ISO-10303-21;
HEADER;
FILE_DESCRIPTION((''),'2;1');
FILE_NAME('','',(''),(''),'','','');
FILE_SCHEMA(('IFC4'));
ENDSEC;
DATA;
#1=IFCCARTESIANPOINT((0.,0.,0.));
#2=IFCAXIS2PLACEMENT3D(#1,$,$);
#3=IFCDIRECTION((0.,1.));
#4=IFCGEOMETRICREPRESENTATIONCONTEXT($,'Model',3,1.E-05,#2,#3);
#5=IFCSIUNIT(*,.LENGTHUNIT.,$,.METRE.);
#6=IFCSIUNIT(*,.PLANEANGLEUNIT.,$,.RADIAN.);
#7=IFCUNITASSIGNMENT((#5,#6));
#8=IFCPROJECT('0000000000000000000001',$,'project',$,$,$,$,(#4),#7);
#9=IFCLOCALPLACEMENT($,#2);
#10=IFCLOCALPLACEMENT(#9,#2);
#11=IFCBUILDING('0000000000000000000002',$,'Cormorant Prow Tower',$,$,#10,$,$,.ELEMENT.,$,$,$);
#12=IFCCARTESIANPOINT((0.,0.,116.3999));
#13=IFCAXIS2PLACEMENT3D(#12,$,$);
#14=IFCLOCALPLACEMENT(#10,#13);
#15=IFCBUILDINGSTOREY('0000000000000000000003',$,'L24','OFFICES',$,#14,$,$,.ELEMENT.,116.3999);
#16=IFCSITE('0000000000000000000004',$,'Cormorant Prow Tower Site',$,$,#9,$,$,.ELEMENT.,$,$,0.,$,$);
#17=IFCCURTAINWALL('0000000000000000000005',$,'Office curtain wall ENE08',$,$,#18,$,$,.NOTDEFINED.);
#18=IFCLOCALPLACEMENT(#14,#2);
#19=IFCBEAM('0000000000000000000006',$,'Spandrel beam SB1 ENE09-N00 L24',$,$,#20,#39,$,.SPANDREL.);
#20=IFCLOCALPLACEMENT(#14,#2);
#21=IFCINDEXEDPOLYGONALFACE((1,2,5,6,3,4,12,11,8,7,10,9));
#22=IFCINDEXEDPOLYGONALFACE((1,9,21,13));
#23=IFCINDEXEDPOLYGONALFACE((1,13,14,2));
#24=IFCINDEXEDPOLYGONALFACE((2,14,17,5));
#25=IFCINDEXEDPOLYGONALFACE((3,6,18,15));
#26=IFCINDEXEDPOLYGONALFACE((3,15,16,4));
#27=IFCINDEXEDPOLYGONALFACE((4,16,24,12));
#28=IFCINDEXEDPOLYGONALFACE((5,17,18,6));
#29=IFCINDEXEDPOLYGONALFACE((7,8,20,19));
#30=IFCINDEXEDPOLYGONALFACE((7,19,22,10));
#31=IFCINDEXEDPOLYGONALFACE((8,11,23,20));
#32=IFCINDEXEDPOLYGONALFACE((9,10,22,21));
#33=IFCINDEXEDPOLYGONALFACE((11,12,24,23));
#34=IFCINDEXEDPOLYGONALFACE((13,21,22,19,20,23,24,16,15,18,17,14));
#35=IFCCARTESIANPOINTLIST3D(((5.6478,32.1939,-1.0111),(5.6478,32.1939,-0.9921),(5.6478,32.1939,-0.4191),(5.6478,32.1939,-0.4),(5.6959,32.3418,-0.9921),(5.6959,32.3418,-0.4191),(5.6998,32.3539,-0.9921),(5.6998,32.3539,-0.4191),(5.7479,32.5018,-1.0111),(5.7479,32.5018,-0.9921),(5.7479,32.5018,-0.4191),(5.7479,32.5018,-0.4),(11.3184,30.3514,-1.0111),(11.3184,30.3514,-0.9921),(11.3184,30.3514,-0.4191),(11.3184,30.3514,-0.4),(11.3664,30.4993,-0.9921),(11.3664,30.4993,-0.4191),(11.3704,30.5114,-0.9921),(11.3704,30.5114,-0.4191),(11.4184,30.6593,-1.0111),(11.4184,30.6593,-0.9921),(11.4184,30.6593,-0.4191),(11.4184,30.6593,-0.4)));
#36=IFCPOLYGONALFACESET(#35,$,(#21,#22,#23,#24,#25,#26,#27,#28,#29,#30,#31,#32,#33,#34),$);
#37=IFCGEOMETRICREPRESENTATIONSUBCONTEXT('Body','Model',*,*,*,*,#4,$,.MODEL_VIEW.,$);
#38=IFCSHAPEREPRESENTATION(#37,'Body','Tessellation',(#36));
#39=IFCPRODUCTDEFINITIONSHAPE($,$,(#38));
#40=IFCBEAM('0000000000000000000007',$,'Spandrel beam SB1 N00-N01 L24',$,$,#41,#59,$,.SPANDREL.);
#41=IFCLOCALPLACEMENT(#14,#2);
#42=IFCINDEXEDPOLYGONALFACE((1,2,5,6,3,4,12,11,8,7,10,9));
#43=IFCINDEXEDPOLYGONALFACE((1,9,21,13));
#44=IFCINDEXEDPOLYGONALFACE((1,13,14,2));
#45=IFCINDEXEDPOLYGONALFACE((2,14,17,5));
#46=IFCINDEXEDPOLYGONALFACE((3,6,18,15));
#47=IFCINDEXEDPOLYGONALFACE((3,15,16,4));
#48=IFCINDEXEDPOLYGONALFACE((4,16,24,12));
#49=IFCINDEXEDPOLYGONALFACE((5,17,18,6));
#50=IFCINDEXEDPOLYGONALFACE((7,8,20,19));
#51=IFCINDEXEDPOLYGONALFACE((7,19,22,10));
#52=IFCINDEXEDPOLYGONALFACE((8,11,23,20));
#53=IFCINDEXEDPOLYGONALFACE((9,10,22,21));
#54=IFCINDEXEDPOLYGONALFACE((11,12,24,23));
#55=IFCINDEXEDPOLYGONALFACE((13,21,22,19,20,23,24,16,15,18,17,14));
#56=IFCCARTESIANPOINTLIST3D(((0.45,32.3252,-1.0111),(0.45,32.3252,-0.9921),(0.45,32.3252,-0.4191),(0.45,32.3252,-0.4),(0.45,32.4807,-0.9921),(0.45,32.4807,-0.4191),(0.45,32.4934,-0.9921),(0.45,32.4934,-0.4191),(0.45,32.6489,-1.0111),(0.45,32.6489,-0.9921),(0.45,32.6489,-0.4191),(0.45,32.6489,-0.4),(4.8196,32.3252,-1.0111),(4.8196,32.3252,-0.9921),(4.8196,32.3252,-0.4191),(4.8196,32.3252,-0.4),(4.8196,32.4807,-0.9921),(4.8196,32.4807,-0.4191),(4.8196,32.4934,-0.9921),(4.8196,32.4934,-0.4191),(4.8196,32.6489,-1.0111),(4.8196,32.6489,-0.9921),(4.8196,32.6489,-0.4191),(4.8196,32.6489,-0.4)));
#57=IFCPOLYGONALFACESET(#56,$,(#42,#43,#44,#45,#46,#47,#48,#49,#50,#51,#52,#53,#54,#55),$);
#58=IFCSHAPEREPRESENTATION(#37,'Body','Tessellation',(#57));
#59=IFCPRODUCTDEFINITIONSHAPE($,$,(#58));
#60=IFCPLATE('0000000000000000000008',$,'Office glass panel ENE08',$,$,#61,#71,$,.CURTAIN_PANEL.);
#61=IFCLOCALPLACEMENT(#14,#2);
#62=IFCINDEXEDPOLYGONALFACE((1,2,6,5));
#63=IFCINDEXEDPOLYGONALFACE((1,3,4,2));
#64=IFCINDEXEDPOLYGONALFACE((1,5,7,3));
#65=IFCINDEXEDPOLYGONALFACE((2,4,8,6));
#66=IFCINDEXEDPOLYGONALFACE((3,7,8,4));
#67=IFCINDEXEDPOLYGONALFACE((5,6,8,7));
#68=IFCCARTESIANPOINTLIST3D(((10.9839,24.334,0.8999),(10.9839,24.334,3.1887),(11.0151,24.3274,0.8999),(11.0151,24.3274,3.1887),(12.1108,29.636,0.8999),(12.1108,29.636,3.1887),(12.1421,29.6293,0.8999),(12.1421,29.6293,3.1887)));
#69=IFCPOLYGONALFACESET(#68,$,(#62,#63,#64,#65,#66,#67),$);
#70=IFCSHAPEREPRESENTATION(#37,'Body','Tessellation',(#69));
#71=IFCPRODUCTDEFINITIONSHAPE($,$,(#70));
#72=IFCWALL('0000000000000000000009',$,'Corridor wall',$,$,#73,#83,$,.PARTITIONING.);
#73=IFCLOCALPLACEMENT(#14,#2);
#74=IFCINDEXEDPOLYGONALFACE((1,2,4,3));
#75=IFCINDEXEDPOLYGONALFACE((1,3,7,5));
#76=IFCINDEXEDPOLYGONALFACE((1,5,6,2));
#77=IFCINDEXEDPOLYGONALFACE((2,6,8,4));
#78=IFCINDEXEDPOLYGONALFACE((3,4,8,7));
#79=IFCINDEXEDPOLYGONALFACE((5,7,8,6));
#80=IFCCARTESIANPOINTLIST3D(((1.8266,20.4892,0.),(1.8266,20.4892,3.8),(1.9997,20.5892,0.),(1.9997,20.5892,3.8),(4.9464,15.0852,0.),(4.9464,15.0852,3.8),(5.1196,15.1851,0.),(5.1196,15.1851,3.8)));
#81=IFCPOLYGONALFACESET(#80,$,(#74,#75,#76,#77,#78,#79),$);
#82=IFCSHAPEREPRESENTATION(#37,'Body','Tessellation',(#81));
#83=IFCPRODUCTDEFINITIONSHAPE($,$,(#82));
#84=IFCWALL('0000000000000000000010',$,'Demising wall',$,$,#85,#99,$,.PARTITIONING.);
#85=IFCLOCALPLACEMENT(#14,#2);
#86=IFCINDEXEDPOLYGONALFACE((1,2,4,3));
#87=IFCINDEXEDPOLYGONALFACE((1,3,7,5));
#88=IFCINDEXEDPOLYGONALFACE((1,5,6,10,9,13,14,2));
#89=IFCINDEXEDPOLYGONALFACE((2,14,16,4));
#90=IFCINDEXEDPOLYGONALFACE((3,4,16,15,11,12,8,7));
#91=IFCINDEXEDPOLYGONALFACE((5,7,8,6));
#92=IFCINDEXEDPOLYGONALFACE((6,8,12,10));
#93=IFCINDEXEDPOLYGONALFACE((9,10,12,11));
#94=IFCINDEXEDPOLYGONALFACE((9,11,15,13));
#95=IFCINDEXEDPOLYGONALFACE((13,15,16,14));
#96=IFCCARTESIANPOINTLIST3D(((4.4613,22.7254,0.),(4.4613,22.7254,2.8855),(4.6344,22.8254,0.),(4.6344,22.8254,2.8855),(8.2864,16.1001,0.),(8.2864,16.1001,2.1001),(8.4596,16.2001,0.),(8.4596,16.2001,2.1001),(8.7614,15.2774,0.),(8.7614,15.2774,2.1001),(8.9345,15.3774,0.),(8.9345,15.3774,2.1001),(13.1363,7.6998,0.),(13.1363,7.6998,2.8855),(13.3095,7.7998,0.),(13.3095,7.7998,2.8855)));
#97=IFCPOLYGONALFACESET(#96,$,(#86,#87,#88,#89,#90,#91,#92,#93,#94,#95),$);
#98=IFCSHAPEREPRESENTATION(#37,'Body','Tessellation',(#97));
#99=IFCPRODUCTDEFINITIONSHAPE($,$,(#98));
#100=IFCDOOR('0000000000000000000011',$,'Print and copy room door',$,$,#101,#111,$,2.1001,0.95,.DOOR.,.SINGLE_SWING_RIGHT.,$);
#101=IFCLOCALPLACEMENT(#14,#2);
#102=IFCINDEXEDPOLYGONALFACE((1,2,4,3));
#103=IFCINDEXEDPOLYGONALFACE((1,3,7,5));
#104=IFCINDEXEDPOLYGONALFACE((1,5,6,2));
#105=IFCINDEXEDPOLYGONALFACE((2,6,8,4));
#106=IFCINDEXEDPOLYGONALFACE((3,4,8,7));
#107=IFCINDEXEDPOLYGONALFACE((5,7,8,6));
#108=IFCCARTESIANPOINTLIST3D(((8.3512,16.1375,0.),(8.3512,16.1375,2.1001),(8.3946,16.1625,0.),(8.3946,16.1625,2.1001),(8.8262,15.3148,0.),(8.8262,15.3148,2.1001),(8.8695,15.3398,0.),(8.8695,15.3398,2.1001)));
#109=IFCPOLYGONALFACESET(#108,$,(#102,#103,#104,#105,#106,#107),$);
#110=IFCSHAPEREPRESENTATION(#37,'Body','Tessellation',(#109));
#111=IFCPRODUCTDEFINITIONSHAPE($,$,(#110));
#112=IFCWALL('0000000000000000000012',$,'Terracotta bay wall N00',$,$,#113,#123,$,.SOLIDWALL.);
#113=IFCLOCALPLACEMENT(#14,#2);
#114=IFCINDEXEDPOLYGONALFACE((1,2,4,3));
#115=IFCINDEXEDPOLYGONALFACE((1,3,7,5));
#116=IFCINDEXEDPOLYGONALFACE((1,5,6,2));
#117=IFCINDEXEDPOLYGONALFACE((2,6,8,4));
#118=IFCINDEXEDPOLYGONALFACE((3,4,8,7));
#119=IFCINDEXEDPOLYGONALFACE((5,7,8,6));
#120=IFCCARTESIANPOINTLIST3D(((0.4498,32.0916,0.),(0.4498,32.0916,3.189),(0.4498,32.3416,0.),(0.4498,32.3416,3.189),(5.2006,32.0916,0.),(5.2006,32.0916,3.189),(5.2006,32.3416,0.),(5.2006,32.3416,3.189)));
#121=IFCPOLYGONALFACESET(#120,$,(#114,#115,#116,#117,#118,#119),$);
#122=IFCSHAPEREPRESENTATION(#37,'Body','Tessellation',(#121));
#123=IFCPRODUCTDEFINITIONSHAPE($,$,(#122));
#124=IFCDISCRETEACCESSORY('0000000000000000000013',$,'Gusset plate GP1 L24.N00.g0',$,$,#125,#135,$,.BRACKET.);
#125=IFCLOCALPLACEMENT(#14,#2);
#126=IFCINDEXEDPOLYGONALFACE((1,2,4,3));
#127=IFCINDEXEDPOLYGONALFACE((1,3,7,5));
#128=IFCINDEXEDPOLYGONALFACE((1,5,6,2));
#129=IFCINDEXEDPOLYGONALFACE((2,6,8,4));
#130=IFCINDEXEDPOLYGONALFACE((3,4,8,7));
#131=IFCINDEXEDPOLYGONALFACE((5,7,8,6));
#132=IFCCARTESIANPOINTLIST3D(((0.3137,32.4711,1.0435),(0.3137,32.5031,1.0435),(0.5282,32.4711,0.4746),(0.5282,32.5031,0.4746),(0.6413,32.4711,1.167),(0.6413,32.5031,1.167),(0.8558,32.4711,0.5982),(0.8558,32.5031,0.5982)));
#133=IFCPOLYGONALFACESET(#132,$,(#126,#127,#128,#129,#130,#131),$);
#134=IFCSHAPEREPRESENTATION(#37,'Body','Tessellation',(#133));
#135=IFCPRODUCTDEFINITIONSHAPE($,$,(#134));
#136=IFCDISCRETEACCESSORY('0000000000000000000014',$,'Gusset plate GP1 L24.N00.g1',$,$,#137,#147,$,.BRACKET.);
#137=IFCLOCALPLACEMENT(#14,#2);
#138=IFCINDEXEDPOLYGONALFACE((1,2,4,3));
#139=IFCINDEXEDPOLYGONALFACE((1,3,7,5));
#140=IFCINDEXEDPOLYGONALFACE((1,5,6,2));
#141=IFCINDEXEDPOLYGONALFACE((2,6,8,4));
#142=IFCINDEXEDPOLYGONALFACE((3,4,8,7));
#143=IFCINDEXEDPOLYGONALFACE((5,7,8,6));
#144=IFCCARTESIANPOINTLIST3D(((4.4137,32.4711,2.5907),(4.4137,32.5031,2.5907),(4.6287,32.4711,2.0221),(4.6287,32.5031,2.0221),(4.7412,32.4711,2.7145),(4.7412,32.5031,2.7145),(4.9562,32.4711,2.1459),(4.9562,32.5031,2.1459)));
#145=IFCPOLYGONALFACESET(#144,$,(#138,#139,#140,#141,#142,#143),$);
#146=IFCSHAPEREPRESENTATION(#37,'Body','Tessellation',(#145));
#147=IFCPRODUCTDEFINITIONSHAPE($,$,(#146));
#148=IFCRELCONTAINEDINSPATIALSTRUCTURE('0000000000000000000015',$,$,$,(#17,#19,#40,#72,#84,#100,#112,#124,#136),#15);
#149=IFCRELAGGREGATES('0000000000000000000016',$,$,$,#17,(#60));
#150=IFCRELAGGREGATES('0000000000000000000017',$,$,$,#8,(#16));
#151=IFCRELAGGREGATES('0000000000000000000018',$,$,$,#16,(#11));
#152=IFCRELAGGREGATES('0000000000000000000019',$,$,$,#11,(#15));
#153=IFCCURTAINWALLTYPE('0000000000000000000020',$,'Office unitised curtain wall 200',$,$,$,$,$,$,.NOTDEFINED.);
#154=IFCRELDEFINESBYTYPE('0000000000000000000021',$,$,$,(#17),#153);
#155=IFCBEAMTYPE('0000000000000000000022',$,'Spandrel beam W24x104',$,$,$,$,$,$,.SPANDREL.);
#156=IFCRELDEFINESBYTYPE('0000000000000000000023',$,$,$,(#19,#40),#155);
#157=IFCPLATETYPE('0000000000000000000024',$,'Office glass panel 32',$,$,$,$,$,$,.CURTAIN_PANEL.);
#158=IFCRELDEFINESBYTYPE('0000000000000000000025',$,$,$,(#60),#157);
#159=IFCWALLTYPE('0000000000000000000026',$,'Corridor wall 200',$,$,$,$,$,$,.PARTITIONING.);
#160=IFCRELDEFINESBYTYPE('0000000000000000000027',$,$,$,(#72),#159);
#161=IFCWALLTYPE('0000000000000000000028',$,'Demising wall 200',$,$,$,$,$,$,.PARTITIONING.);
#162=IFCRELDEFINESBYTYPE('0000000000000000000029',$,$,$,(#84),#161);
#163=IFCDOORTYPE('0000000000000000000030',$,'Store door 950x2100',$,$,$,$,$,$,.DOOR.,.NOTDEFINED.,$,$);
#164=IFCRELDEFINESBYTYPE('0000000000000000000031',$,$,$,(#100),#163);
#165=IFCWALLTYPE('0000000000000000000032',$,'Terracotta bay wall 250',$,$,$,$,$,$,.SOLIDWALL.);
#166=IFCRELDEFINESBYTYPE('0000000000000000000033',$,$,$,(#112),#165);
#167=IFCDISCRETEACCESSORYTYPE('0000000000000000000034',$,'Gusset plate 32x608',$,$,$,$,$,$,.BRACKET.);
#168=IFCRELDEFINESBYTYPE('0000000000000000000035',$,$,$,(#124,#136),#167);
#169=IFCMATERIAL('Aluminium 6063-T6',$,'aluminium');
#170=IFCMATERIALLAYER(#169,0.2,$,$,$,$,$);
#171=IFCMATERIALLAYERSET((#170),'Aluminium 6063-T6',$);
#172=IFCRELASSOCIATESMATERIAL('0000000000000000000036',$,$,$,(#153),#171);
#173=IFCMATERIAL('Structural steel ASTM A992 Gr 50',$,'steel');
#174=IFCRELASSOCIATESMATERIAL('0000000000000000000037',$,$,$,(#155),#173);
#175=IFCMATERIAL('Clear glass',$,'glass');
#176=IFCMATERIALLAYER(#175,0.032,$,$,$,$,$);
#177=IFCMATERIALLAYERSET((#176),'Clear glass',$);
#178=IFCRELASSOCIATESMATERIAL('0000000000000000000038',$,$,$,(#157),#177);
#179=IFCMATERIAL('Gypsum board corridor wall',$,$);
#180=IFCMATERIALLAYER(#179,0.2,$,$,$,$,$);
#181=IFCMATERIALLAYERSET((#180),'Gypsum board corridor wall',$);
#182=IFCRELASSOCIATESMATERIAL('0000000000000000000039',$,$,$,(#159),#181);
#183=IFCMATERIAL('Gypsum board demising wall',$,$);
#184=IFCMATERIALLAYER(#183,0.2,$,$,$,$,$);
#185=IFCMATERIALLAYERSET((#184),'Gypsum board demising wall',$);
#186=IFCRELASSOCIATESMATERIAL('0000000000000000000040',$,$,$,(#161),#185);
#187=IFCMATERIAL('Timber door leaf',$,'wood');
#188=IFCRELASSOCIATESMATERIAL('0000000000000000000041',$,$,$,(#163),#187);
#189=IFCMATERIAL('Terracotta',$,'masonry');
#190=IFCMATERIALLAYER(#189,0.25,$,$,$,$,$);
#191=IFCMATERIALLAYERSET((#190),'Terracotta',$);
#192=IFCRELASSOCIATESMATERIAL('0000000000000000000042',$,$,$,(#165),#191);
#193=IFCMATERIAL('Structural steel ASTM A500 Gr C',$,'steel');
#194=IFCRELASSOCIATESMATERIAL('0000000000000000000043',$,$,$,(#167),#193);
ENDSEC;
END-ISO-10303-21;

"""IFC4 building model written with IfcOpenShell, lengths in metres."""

from ifc_helpers import new_model, si_unit, direction, frame, frame_2d, origin, origin_2d, place, context, subcontext, project, spatial, rectangle, i_section, extrude, material, layer, layer_set, material_profile, profile_set, type_object, element, fill, aggregate, save


model = new_model("IFC4")

# Units and contexts
model_context = context("Model", 3, precision=1e-05, world=origin(), true_north=direction((0.0, 1.0)))
body_context = subcontext(model_context, "Body", "Model", "MODEL_VIEW")
ifc_project = project(units=[si_unit("LENGTHUNIT", "METRE"), si_unit("PLANEANGLEUNIT", "RADIAN")], contexts=[model_context])

# Site, building, storey
site_placement = place(None, origin())
site = spatial("IfcSite", under=ifc_project, at=site_placement, Name="Cormorant Prow Tower Site", CompositionType="ELEMENT", RefElevation=0.0)
building_placement = place(site_placement, origin())
building = spatial("IfcBuilding", under=site, at=building_placement, Name="Cormorant Prow Tower", CompositionType="ELEMENT")
storey_placement = place(building_placement, frame((0.0, 0.0, 116.3999)))
storey = spatial("IfcBuildingStorey", under=building, at=storey_placement, Name="L24", Description="OFFICES", CompositionType="ELEMENT", Elevation=116.3999)

# Curtain wall
ifc_material_1 = material(Name="Aluminium 6063-T6", Category="aluminium")
ifc_layer_1 = layer(ifc_material_1, 0.2)
ifc_layer_set_1 = layer_set([ifc_layer_1], Name="Aluminium 6063-T6")
curtain_wall_type = type_object("IfcCurtainWallType", Name="Office unitised curtain wall 200", PredefinedType="NOTDEFINED", material=ifc_layer_set_1)
curtain_wall_placement = place(storey_placement, origin())
curtain_wall = element("IfcCurtainWall", 1, at=curtain_wall_placement, inside=storey, type_object=curtain_wall_type, Name="Office curtain wall ENE08", PredefinedType="NOTDEFINED")

# Beams
ifc_material_2 = material(Name="Structural steel ASTM A992 Gr 50", Category="steel")
ifc_material_profile_1 = material_profile(ifc_material_2, i_section(OverallWidth=0.3237, OverallDepth=0.6111, WebThickness=0.0127, FlangeThickness=0.019, at=origin_2d()), Name="W24x104")
ifc_profile_set_1 = profile_set([ifc_material_profile_1], Name="Structural steel ASTM A992 Gr 50")
beam_type_1 = type_object("IfcBeamType", Name="Spandrel beam W24x104", PredefinedType="SPANDREL", material=ifc_profile_set_1)
beam_1_placement = place(storey_placement, frame((11.3684, 30.5054, -0.7056), z_axis=(-0.951055, 0.30902, 0.0), x_axis=(-0.30902, -0.951055, 0.0)))
element("IfcBeam", 2, at=beam_1_placement, inside=storey, type_object=beam_type_1, Name="Spandrel beam SB1 ENE09-N00 L24", PredefinedType="SPANDREL", context=body_context, shape_type="SweptSolid", body=[
    extrude(i_section(OverallWidth=0.3237, OverallDepth=0.6111, WebThickness=0.0127, FlangeThickness=0.019, at=origin_2d()), origin(), (0.0, 0.0, 1.0), 5.9624),
])
beam_2_placement = place(storey_placement, frame((4.8196, 32.4871, -0.7056), z_axis=(-1.0, 0.0, 0.0), x_axis=(0.0, -1.0, 0.0)))
element("IfcBeam", 3, at=beam_2_placement, inside=storey, type_object=beam_type_1, Name="Spandrel beam SB1 N00-N01 L24", PredefinedType="SPANDREL", context=body_context, shape_type="SweptSolid", body=[
    extrude(i_section(OverallWidth=0.3237, OverallDepth=0.6111, WebThickness=0.0127, FlangeThickness=0.019, at=origin_2d()), origin(), (0.0, 0.0, 1.0), 4.3696),
])

# Plate
ifc_material_3 = material(Name="Clear glass", Category="glass")
ifc_layer_2 = layer(ifc_material_3, 0.032)
ifc_layer_set_2 = layer_set([ifc_layer_2], Name="Clear glass")
plate_type = type_object("IfcPlateType", Name="Office glass panel 32", PredefinedType="CURTAIN_PANEL", material=ifc_layer_set_2)
plate_placement = place(storey_placement, frame((11.563, 26.9817, 0.8999), z_axis=(0.0, 0.0, 1.0), x_axis=(0.207912, 0.978148, 0.0)))
plate = element("IfcPlate", 4, at=plate_placement, type_object=plate_type, Name="Office glass panel ENE08", PredefinedType="CURTAIN_PANEL", context=body_context, shape_type="SweptSolid", body=[
    extrude(rectangle(XDim=5.4204, YDim=0.032, at=origin_2d()), origin(), (0.0, 0.0, 1.0), 2.2888),
])
aggregate(curtain_wall, [plate])

# Wall
ifc_material_4 = material(Name="Gypsum board corridor wall")
ifc_layer_3 = layer(ifc_material_4, 0.2)
ifc_layer_set_3 = layer_set([ifc_layer_3], Name="Gypsum board corridor wall")
wall_type_1 = type_object("IfcWallType", Name="Corridor wall 200", PredefinedType="PARTITIONING", material=ifc_layer_set_3)
wall_1_placement = place(storey_placement, frame((1.9131, 20.5393, 0.0), z_axis=(0.0, 0.0, 1.0), x_axis=(0.499981, -0.866036, 0.0)))
element("IfcWall", 5, at=wall_1_placement, inside=storey, type_object=wall_type_1, Name="Corridor wall", PredefinedType="PARTITIONING", context=body_context, shape_type="SweptSolid", body=[
    extrude(rectangle(XDim=6.24, YDim=0.2, at=frame_2d((3.1201, 0.0))), origin(), (0.0, 0.0, 1.0), 3.8),
])

# Wall, opening, door
ifc_material_5 = material(Name="Gypsum board demising wall")
ifc_layer_4 = layer(ifc_material_5, 0.2)
ifc_layer_set_4 = layer_set([ifc_layer_4], Name="Gypsum board demising wall")
wall_type_2 = type_object("IfcWallType", Name="Demising wall 200", PredefinedType="PARTITIONING", material=ifc_layer_set_4)
wall_2_placement = place(storey_placement, frame((4.5479, 22.7754, 0.0), z_axis=(0.0, 0.0, 1.0), x_axis=(0.5, -0.866026, 0.0)))
wall_2 = element("IfcWall", 6, at=wall_2_placement, inside=storey, type_object=wall_type_2, Name="Demising wall", PredefinedType="PARTITIONING", context=body_context, shape_type="SweptSolid", body=[
    extrude(rectangle(XDim=17.3501, YDim=0.2, at=frame_2d((8.675, 0.0))), origin(), (0.0, 0.0, 1.0), 2.8855),
])
opening_1_placement = place(wall_2_placement, frame((7.6501, 0.0, 0.0)))
opening_1 = element("IfcOpeningElement", 7, at=opening_1_placement, cuts=wall_2, PredefinedType="OPENING", context=body_context, shape_type="SweptSolid", body=[
    extrude(rectangle(XDim=0.95, YDim=2.1001, at=frame_2d((0.4751, 1.05))), frame((0.0, 0.1099, 0.0), z_axis=(0.0, -1.0, 0.0), x_axis=(1.0, 0.0, 0.0)), (0.0, 0.0, 1.0), 0.22),
])
ifc_material_6 = material(Name="Timber door leaf", Category="wood")
door_type_1 = type_object("IfcDoorType", Name="Store door 950x2100", OperationType="NOTDEFINED", PredefinedType="DOOR", material=ifc_material_6)
door_1_placement = place(opening_1_placement, origin())
door_1 = element("IfcDoor", 8, at=door_1_placement, inside=storey, type_object=door_type_1, Name="Print and copy room door", OperationType="SINGLE_SWING_RIGHT", OverallHeight=2.1001, OverallWidth=0.95, PredefinedType="DOOR", context=body_context, shape_type="SweptSolid", body=[
    extrude(rectangle(XDim=0.95, YDim=2.1001, at=frame_2d((0.4751, 1.05))), frame((0.0, 0.0249, 0.0), z_axis=(0.0, -1.0, 0.0), x_axis=(1.0, 0.0, 0.0)), (0.0, 0.0, 1.0), 0.05),
])
fill(opening_1, door_1)

# Wall
ifc_material_7 = material(Name="Terracotta", Category="masonry")
ifc_layer_5 = layer(ifc_material_7, 0.25)
ifc_layer_set_5 = layer_set([ifc_layer_5], Name="Terracotta")
wall_type_3 = type_object("IfcWallType", Name="Terracotta bay wall 250", PredefinedType="SOLIDWALL", material=ifc_layer_set_5)
wall_3_placement = place(storey_placement, frame((5.2007, 32.2166, 0.0), z_axis=(0.0, 0.0, 1.0), x_axis=(-1.0, 0.0, 0.0)))
element("IfcWall", 9, at=wall_3_placement, inside=storey, type_object=wall_type_3, Name="Terracotta bay wall N00", PredefinedType="SOLIDWALL", context=body_context, shape_type="SweptSolid", body=[
    extrude(rectangle(XDim=4.7507, YDim=0.25, at=frame_2d((2.3755, 0.0))), origin(), (0.0, 0.0, 1.0), 3.189),
])

# Discrete accessories
ifc_material_8 = material(Name="Structural steel ASTM A500 Gr C", Category="steel")
ifc_material_profile_2 = material_profile(ifc_material_8, rectangle(XDim=0.032, YDim=0.6079, at=origin_2d()), Name="Gusset plate 32x608")
ifc_profile_set_2 = profile_set([ifc_material_profile_2], Name="Structural steel ASTM A500 Gr C")
discrete_accessory_type = type_object("IfcDiscreteAccessoryType", Name="Gusset plate 32x608", PredefinedType="BRACKET", material=ifc_profile_set_2)
for number, where, z_axis, x_axis, name in (
    (10, (0.7485, 32.4871, 0.8826), (-0.935697, 0.0, -0.352804), (0.0, -1.0, 0.0), "Gusset plate GP1 L24.N00.g0"),
    (11, (4.5212, 32.4871, 2.3064), (0.93538, 0.0, 0.353645), (0.0, 1.0, 0.0), "Gusset plate GP1 L24.N00.g1"),
):
    element("IfcDiscreteAccessory", number, at=place(storey_placement, frame(where, z_axis=z_axis, x_axis=x_axis)), inside=storey, type_object=discrete_accessory_type, Name=name, PredefinedType="BRACKET", context=body_context, shape_type="SweptSolid", body=[
        extrude(rectangle(XDim=0.032, YDim=0.6079, at=origin_2d()), origin(), (0.0, 0.0, 1.0), 0.3501),
    ])

save(model, "model.ifc")
